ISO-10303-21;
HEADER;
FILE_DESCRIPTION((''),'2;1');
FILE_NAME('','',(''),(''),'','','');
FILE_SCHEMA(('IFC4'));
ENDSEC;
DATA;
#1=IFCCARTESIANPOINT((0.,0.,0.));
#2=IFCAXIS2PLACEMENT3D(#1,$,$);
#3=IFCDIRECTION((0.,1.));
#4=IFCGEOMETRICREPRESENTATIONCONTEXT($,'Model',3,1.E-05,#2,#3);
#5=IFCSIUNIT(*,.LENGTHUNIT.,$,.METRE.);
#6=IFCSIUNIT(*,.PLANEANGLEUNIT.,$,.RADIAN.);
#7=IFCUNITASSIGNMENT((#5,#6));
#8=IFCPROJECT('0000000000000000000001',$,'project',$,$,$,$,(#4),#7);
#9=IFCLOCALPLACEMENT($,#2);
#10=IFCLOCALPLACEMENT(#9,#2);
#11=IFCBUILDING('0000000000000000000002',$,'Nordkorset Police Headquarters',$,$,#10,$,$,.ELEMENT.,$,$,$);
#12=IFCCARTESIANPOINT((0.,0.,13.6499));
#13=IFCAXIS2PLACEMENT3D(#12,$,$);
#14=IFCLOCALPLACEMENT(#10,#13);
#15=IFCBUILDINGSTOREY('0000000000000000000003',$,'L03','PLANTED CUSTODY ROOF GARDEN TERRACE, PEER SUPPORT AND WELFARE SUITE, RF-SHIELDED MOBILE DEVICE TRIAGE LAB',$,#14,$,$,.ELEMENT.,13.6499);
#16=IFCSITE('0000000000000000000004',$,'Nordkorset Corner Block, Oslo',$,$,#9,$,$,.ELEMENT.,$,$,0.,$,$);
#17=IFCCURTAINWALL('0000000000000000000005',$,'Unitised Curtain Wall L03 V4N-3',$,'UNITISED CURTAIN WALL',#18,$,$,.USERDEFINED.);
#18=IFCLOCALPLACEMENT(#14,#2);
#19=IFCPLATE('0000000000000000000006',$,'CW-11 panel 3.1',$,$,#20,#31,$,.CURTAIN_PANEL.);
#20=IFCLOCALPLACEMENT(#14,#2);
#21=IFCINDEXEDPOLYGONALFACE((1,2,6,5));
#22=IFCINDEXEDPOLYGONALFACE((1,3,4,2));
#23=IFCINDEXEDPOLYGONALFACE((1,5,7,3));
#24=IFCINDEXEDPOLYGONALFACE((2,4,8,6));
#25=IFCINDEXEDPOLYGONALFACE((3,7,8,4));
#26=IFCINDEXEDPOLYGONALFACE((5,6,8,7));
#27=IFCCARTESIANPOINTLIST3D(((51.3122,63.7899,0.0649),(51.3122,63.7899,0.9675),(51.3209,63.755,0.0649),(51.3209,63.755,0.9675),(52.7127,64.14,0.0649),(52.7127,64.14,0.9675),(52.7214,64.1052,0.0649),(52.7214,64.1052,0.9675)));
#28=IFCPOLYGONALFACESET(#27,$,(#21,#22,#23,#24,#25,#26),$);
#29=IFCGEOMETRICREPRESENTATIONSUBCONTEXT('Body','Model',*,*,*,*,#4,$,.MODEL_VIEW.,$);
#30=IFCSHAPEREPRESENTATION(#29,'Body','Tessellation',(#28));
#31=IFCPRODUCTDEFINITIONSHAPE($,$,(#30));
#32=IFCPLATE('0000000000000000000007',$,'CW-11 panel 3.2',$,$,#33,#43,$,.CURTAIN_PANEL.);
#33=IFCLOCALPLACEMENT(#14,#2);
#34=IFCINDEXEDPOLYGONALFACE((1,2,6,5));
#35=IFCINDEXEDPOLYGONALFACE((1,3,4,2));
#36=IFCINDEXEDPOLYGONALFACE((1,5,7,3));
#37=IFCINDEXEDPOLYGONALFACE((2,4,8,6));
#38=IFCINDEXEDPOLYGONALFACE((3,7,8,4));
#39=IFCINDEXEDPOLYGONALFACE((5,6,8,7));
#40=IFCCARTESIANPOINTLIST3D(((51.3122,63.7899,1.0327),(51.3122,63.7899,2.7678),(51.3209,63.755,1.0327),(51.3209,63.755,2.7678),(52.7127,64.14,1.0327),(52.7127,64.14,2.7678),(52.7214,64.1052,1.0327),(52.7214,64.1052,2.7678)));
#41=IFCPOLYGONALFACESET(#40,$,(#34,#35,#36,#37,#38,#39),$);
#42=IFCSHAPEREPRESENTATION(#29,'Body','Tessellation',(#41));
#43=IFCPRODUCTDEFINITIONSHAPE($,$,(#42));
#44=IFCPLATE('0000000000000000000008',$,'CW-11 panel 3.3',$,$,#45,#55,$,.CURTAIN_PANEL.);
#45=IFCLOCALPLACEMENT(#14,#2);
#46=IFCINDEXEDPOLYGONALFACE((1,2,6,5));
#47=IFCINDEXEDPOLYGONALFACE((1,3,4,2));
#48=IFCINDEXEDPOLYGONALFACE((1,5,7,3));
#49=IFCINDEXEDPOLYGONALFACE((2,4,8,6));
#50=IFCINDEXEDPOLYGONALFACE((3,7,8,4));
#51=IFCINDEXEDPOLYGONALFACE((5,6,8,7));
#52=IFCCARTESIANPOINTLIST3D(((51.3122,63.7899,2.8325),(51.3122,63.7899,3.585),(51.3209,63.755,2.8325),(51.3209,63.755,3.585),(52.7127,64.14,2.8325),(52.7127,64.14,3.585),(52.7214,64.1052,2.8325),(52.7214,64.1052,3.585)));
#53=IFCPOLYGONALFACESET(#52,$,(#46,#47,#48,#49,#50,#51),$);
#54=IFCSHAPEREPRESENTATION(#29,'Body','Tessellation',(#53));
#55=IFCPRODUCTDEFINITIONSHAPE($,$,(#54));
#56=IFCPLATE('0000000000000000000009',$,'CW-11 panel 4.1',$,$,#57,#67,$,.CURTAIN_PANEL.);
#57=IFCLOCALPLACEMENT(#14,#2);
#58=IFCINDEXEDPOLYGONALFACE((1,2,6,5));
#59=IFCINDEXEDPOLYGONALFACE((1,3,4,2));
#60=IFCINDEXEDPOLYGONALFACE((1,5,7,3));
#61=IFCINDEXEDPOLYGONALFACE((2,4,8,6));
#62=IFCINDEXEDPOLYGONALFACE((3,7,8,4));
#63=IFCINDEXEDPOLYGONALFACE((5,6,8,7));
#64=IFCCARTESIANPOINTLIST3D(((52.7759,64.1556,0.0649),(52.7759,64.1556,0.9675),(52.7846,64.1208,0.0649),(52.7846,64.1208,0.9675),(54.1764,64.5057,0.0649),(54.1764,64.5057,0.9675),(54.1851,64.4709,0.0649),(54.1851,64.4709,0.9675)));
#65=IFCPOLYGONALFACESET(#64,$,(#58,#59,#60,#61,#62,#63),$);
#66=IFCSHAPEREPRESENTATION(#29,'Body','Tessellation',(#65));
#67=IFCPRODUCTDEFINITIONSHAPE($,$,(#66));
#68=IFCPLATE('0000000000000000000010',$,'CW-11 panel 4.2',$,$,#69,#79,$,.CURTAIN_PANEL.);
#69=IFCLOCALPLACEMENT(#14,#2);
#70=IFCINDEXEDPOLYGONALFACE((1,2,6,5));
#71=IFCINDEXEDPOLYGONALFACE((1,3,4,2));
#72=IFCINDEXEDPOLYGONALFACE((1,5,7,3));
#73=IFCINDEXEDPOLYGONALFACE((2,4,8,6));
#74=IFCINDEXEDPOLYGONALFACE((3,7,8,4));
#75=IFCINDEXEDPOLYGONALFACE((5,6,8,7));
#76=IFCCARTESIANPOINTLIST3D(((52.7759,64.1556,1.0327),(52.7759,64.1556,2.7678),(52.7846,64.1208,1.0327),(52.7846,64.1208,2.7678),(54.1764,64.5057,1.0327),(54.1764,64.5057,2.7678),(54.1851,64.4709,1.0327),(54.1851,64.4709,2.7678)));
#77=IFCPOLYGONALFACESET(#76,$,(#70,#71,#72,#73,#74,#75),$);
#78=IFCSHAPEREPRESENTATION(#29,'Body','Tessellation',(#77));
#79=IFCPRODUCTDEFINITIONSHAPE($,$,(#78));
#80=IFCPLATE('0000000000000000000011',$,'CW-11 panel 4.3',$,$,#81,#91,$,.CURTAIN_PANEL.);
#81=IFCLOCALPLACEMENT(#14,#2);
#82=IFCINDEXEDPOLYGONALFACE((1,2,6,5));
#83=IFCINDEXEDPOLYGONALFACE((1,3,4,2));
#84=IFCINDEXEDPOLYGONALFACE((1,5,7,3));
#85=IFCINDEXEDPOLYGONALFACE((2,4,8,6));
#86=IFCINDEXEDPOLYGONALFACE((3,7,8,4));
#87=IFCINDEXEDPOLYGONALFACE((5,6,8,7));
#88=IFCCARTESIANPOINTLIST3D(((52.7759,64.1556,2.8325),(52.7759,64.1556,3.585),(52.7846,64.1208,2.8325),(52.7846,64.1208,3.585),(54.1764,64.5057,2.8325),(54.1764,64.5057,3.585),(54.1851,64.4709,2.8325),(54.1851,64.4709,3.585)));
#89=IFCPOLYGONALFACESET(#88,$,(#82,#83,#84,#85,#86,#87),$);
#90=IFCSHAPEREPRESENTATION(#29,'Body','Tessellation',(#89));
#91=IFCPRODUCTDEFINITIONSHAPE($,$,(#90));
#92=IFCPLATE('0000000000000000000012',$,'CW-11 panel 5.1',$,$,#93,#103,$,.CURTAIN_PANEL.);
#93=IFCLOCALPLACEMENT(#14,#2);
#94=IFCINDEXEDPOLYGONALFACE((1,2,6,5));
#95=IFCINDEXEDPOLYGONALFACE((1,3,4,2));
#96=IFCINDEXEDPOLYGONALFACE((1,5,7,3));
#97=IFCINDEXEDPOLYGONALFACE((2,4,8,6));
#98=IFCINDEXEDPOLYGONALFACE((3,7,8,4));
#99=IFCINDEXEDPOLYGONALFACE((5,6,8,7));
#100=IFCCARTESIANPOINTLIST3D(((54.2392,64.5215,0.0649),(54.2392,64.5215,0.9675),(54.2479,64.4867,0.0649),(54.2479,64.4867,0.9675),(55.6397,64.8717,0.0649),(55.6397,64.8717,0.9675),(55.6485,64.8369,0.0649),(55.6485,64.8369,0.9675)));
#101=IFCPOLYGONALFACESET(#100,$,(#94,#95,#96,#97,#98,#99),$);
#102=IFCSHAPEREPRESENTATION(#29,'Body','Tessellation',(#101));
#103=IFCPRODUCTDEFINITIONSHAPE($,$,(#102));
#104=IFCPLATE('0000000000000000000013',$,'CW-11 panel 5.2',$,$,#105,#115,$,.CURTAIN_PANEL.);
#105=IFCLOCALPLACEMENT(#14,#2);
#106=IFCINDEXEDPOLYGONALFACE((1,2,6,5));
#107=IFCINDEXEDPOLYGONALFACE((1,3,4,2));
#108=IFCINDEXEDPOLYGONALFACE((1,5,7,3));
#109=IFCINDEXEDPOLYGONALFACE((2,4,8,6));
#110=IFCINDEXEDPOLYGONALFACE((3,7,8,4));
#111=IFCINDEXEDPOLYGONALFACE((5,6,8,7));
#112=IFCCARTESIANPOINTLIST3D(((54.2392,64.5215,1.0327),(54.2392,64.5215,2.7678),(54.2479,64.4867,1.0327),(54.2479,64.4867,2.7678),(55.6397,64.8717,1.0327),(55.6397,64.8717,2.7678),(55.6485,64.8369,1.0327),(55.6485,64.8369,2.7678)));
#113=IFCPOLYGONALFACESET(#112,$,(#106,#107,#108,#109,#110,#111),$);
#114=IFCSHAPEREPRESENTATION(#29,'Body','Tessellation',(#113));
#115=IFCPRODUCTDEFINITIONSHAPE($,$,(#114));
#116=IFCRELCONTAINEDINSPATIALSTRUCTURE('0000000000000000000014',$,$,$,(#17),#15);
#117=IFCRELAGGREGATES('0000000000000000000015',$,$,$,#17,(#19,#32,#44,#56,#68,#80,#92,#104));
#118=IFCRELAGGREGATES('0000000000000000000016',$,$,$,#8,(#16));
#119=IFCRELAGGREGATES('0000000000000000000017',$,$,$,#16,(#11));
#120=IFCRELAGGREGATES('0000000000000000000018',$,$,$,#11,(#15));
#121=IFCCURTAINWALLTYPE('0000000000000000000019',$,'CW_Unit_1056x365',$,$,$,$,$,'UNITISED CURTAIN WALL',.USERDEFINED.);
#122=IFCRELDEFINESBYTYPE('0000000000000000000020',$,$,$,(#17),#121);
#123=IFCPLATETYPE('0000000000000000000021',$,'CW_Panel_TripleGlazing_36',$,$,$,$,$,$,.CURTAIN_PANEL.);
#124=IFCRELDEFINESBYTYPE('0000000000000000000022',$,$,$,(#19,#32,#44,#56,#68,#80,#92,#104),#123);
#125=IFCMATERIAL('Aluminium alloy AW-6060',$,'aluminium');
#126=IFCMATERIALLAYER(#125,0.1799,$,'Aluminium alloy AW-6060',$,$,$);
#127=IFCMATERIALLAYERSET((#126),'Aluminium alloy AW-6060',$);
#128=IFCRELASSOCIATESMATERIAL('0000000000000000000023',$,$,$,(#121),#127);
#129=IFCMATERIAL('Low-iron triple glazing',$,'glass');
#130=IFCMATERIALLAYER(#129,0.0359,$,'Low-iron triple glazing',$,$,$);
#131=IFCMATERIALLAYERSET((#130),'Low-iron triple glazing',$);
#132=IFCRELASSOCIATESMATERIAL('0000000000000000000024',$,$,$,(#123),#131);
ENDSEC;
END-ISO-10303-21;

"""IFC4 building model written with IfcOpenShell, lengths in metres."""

from ifc_helpers import new_model, si_unit, direction, frame, origin, origin_2d, place, context, subcontext, project, spatial, rectangle, extrude, material, layer, layer_set, type_object, element, aggregate, save


model = new_model("IFC4")

# Units and contexts
model_context = context("Model", 3, precision=1e-05, world=origin(), true_north=direction((0.0, 1.0)))
body_context = subcontext(model_context, "Body", "Model", "MODEL_VIEW")
ifc_project = project(units=[si_unit("LENGTHUNIT", "METRE"), si_unit("PLANEANGLEUNIT", "RADIAN")], contexts=[model_context])

# Site, building, storey
site_placement = place(None, origin())
site = spatial("IfcSite", under=ifc_project, at=site_placement, Name="Nordkorset Corner Block, Oslo", CompositionType="ELEMENT", RefElevation=0.0)
building_placement = place(site_placement, origin())
building = spatial("IfcBuilding", under=site, at=building_placement, Name="Nordkorset Police Headquarters", CompositionType="ELEMENT")
storey_placement = place(building_placement, frame((0.0, 0.0, 13.6499)))
storey = spatial("IfcBuildingStorey", under=building, at=storey_placement, Name="L03", Description="PLANTED CUSTODY ROOF GARDEN TERRACE, PEER SUPPORT AND WELFARE SUITE, RF-SHIELDED MOBILE DEVICE TRIAGE LAB", CompositionType="ELEMENT", Elevation=13.6499)

# Curtain wall, plates
ifc_material_1 = material(Name="Aluminium alloy AW-6060", Category="aluminium")
ifc_layer_1 = layer(ifc_material_1, 0.1799, Name="Aluminium alloy AW-6060")
ifc_layer_set_1 = layer_set([ifc_layer_1], Name="Aluminium alloy AW-6060")
curtain_wall_type = type_object("IfcCurtainWallType", Name="CW_Unit_1056x365", ElementType="UNITISED CURTAIN WALL", PredefinedType="USERDEFINED", material=ifc_layer_set_1)
curtain_wall_placement = place(storey_placement, origin())
curtain_wall = element("IfcCurtainWall", 1, at=curtain_wall_placement, inside=storey, type_object=curtain_wall_type, Name="Unitised Curtain Wall L03 V4N-3", ObjectType="UNITISED CURTAIN WALL", PredefinedType="USERDEFINED")
ifc_material_2 = material(Name="Low-iron triple glazing", Category="glass")
ifc_layer_2 = layer(ifc_material_2, 0.0359, Name="Low-iron triple glazing")
ifc_layer_set_2 = layer_set([ifc_layer_2], Name="Low-iron triple glazing")
plate_type = type_object("IfcPlateType", Name="CW_Panel_TripleGlazing_36", PredefinedType="CURTAIN_PANEL", material=ifc_layer_set_2)
plate_1_placement = place(storey_placement, frame((52.0168, 63.9475, 0.0649), z_axis=(0.0, 0.0, 1.0), x_axis=(0.970142, 0.242536, 0.0)))
plate_1 = element("IfcPlate", 2, at=plate_1_placement, type_object=plate_type, Name="CW-11 panel 3.1", PredefinedType="CURTAIN_PANEL", context=body_context, shape_type="SweptSolid", body=[
    extrude(rectangle(XDim=1.4436, YDim=0.0359, at=origin_2d()), origin(), (0.0, 0.0, 1.0), 0.9026),
])
plate_2_placement = place(storey_placement, frame((52.0168, 63.9475, 1.0327), z_axis=(0.0, 0.0, 1.0), x_axis=(0.970142, 0.242536, 0.0)))
plate_2 = element("IfcPlate", 3, at=plate_2_placement, type_object=plate_type, Name="CW-11 panel 3.2", PredefinedType="CURTAIN_PANEL", context=body_context, shape_type="SweptSolid", body=[
    extrude(rectangle(XDim=1.4436, YDim=0.0359, at=origin_2d()), origin(), (0.0, 0.0, 1.0), 1.7351),
])
plate_3_placement = place(storey_placement, frame((52.0168, 63.9475, 2.8325), z_axis=(0.0, 0.0, 1.0), x_axis=(0.970142, 0.242536, 0.0)))
plate_3 = element("IfcPlate", 4, at=plate_3_placement, type_object=plate_type, Name="CW-11 panel 3.3", PredefinedType="CURTAIN_PANEL", context=body_context, shape_type="SweptSolid", body=[
    extrude(rectangle(XDim=1.4436, YDim=0.0359, at=origin_2d()), origin(), (0.0, 0.0, 1.0), 0.7524),
])
plate_4_placement = place(storey_placement, frame((53.4805, 64.3132, 0.0649), z_axis=(0.0, 0.0, 1.0), x_axis=(0.970142, 0.242536, 0.0)))
plate_4 = element("IfcPlate", 5, at=plate_4_placement, type_object=plate_type, Name="CW-11 panel 4.1", PredefinedType="CURTAIN_PANEL", context=body_context, shape_type="SweptSolid", body=[
    extrude(rectangle(XDim=1.4436, YDim=0.0359, at=origin_2d()), origin(), (0.0, 0.0, 1.0), 0.9026),
])
plate_5_placement = place(storey_placement, frame((53.4805, 64.3132, 1.0327), z_axis=(0.0, 0.0, 1.0), x_axis=(0.970142, 0.242536, 0.0)))
plate_5 = element("IfcPlate", 6, at=plate_5_placement, type_object=plate_type, Name="CW-11 panel 4.2", PredefinedType="CURTAIN_PANEL", context=body_context, shape_type="SweptSolid", body=[
    extrude(rectangle(XDim=1.4436, YDim=0.0359, at=origin_2d()), origin(), (0.0, 0.0, 1.0), 1.7351),
])
plate_6_placement = place(storey_placement, frame((53.4805, 64.3132, 2.8325), z_axis=(0.0, 0.0, 1.0), x_axis=(0.970142, 0.242536, 0.0)))
plate_6 = element("IfcPlate", 7, at=plate_6_placement, type_object=plate_type, Name="CW-11 panel 4.3", PredefinedType="CURTAIN_PANEL", context=body_context, shape_type="SweptSolid", body=[
    extrude(rectangle(XDim=1.4436, YDim=0.0359, at=origin_2d()), origin(), (0.0, 0.0, 1.0), 0.7524),
])
plate_7_placement = place(storey_placement, frame((54.9438, 64.6792, 0.0649), z_axis=(0.0, 0.0, 1.0), x_axis=(0.970142, 0.242536, 0.0)))
plate_7 = element("IfcPlate", 8, at=plate_7_placement, type_object=plate_type, Name="CW-11 panel 5.1", PredefinedType="CURTAIN_PANEL", context=body_context, shape_type="SweptSolid", body=[
    extrude(rectangle(XDim=1.4436, YDim=0.0359, at=origin_2d()), origin(), (0.0, 0.0, 1.0), 0.9026),
])
plate_8_placement = place(storey_placement, frame((54.9438, 64.6792, 1.0327), z_axis=(0.0, 0.0, 1.0), x_axis=(0.970142, 0.242536, 0.0)))
plate_8 = element("IfcPlate", 9, at=plate_8_placement, type_object=plate_type, Name="CW-11 panel 5.2", PredefinedType="CURTAIN_PANEL", context=body_context, shape_type="SweptSolid", body=[
    extrude(rectangle(XDim=1.4436, YDim=0.0359, at=origin_2d()), origin(), (0.0, 0.0, 1.0), 1.7351),
])
aggregate(curtain_wall, [plate_1, plate_2, plate_3, plate_4, plate_5, plate_6, plate_7, plate_8])

save(model, "model.ifc")
